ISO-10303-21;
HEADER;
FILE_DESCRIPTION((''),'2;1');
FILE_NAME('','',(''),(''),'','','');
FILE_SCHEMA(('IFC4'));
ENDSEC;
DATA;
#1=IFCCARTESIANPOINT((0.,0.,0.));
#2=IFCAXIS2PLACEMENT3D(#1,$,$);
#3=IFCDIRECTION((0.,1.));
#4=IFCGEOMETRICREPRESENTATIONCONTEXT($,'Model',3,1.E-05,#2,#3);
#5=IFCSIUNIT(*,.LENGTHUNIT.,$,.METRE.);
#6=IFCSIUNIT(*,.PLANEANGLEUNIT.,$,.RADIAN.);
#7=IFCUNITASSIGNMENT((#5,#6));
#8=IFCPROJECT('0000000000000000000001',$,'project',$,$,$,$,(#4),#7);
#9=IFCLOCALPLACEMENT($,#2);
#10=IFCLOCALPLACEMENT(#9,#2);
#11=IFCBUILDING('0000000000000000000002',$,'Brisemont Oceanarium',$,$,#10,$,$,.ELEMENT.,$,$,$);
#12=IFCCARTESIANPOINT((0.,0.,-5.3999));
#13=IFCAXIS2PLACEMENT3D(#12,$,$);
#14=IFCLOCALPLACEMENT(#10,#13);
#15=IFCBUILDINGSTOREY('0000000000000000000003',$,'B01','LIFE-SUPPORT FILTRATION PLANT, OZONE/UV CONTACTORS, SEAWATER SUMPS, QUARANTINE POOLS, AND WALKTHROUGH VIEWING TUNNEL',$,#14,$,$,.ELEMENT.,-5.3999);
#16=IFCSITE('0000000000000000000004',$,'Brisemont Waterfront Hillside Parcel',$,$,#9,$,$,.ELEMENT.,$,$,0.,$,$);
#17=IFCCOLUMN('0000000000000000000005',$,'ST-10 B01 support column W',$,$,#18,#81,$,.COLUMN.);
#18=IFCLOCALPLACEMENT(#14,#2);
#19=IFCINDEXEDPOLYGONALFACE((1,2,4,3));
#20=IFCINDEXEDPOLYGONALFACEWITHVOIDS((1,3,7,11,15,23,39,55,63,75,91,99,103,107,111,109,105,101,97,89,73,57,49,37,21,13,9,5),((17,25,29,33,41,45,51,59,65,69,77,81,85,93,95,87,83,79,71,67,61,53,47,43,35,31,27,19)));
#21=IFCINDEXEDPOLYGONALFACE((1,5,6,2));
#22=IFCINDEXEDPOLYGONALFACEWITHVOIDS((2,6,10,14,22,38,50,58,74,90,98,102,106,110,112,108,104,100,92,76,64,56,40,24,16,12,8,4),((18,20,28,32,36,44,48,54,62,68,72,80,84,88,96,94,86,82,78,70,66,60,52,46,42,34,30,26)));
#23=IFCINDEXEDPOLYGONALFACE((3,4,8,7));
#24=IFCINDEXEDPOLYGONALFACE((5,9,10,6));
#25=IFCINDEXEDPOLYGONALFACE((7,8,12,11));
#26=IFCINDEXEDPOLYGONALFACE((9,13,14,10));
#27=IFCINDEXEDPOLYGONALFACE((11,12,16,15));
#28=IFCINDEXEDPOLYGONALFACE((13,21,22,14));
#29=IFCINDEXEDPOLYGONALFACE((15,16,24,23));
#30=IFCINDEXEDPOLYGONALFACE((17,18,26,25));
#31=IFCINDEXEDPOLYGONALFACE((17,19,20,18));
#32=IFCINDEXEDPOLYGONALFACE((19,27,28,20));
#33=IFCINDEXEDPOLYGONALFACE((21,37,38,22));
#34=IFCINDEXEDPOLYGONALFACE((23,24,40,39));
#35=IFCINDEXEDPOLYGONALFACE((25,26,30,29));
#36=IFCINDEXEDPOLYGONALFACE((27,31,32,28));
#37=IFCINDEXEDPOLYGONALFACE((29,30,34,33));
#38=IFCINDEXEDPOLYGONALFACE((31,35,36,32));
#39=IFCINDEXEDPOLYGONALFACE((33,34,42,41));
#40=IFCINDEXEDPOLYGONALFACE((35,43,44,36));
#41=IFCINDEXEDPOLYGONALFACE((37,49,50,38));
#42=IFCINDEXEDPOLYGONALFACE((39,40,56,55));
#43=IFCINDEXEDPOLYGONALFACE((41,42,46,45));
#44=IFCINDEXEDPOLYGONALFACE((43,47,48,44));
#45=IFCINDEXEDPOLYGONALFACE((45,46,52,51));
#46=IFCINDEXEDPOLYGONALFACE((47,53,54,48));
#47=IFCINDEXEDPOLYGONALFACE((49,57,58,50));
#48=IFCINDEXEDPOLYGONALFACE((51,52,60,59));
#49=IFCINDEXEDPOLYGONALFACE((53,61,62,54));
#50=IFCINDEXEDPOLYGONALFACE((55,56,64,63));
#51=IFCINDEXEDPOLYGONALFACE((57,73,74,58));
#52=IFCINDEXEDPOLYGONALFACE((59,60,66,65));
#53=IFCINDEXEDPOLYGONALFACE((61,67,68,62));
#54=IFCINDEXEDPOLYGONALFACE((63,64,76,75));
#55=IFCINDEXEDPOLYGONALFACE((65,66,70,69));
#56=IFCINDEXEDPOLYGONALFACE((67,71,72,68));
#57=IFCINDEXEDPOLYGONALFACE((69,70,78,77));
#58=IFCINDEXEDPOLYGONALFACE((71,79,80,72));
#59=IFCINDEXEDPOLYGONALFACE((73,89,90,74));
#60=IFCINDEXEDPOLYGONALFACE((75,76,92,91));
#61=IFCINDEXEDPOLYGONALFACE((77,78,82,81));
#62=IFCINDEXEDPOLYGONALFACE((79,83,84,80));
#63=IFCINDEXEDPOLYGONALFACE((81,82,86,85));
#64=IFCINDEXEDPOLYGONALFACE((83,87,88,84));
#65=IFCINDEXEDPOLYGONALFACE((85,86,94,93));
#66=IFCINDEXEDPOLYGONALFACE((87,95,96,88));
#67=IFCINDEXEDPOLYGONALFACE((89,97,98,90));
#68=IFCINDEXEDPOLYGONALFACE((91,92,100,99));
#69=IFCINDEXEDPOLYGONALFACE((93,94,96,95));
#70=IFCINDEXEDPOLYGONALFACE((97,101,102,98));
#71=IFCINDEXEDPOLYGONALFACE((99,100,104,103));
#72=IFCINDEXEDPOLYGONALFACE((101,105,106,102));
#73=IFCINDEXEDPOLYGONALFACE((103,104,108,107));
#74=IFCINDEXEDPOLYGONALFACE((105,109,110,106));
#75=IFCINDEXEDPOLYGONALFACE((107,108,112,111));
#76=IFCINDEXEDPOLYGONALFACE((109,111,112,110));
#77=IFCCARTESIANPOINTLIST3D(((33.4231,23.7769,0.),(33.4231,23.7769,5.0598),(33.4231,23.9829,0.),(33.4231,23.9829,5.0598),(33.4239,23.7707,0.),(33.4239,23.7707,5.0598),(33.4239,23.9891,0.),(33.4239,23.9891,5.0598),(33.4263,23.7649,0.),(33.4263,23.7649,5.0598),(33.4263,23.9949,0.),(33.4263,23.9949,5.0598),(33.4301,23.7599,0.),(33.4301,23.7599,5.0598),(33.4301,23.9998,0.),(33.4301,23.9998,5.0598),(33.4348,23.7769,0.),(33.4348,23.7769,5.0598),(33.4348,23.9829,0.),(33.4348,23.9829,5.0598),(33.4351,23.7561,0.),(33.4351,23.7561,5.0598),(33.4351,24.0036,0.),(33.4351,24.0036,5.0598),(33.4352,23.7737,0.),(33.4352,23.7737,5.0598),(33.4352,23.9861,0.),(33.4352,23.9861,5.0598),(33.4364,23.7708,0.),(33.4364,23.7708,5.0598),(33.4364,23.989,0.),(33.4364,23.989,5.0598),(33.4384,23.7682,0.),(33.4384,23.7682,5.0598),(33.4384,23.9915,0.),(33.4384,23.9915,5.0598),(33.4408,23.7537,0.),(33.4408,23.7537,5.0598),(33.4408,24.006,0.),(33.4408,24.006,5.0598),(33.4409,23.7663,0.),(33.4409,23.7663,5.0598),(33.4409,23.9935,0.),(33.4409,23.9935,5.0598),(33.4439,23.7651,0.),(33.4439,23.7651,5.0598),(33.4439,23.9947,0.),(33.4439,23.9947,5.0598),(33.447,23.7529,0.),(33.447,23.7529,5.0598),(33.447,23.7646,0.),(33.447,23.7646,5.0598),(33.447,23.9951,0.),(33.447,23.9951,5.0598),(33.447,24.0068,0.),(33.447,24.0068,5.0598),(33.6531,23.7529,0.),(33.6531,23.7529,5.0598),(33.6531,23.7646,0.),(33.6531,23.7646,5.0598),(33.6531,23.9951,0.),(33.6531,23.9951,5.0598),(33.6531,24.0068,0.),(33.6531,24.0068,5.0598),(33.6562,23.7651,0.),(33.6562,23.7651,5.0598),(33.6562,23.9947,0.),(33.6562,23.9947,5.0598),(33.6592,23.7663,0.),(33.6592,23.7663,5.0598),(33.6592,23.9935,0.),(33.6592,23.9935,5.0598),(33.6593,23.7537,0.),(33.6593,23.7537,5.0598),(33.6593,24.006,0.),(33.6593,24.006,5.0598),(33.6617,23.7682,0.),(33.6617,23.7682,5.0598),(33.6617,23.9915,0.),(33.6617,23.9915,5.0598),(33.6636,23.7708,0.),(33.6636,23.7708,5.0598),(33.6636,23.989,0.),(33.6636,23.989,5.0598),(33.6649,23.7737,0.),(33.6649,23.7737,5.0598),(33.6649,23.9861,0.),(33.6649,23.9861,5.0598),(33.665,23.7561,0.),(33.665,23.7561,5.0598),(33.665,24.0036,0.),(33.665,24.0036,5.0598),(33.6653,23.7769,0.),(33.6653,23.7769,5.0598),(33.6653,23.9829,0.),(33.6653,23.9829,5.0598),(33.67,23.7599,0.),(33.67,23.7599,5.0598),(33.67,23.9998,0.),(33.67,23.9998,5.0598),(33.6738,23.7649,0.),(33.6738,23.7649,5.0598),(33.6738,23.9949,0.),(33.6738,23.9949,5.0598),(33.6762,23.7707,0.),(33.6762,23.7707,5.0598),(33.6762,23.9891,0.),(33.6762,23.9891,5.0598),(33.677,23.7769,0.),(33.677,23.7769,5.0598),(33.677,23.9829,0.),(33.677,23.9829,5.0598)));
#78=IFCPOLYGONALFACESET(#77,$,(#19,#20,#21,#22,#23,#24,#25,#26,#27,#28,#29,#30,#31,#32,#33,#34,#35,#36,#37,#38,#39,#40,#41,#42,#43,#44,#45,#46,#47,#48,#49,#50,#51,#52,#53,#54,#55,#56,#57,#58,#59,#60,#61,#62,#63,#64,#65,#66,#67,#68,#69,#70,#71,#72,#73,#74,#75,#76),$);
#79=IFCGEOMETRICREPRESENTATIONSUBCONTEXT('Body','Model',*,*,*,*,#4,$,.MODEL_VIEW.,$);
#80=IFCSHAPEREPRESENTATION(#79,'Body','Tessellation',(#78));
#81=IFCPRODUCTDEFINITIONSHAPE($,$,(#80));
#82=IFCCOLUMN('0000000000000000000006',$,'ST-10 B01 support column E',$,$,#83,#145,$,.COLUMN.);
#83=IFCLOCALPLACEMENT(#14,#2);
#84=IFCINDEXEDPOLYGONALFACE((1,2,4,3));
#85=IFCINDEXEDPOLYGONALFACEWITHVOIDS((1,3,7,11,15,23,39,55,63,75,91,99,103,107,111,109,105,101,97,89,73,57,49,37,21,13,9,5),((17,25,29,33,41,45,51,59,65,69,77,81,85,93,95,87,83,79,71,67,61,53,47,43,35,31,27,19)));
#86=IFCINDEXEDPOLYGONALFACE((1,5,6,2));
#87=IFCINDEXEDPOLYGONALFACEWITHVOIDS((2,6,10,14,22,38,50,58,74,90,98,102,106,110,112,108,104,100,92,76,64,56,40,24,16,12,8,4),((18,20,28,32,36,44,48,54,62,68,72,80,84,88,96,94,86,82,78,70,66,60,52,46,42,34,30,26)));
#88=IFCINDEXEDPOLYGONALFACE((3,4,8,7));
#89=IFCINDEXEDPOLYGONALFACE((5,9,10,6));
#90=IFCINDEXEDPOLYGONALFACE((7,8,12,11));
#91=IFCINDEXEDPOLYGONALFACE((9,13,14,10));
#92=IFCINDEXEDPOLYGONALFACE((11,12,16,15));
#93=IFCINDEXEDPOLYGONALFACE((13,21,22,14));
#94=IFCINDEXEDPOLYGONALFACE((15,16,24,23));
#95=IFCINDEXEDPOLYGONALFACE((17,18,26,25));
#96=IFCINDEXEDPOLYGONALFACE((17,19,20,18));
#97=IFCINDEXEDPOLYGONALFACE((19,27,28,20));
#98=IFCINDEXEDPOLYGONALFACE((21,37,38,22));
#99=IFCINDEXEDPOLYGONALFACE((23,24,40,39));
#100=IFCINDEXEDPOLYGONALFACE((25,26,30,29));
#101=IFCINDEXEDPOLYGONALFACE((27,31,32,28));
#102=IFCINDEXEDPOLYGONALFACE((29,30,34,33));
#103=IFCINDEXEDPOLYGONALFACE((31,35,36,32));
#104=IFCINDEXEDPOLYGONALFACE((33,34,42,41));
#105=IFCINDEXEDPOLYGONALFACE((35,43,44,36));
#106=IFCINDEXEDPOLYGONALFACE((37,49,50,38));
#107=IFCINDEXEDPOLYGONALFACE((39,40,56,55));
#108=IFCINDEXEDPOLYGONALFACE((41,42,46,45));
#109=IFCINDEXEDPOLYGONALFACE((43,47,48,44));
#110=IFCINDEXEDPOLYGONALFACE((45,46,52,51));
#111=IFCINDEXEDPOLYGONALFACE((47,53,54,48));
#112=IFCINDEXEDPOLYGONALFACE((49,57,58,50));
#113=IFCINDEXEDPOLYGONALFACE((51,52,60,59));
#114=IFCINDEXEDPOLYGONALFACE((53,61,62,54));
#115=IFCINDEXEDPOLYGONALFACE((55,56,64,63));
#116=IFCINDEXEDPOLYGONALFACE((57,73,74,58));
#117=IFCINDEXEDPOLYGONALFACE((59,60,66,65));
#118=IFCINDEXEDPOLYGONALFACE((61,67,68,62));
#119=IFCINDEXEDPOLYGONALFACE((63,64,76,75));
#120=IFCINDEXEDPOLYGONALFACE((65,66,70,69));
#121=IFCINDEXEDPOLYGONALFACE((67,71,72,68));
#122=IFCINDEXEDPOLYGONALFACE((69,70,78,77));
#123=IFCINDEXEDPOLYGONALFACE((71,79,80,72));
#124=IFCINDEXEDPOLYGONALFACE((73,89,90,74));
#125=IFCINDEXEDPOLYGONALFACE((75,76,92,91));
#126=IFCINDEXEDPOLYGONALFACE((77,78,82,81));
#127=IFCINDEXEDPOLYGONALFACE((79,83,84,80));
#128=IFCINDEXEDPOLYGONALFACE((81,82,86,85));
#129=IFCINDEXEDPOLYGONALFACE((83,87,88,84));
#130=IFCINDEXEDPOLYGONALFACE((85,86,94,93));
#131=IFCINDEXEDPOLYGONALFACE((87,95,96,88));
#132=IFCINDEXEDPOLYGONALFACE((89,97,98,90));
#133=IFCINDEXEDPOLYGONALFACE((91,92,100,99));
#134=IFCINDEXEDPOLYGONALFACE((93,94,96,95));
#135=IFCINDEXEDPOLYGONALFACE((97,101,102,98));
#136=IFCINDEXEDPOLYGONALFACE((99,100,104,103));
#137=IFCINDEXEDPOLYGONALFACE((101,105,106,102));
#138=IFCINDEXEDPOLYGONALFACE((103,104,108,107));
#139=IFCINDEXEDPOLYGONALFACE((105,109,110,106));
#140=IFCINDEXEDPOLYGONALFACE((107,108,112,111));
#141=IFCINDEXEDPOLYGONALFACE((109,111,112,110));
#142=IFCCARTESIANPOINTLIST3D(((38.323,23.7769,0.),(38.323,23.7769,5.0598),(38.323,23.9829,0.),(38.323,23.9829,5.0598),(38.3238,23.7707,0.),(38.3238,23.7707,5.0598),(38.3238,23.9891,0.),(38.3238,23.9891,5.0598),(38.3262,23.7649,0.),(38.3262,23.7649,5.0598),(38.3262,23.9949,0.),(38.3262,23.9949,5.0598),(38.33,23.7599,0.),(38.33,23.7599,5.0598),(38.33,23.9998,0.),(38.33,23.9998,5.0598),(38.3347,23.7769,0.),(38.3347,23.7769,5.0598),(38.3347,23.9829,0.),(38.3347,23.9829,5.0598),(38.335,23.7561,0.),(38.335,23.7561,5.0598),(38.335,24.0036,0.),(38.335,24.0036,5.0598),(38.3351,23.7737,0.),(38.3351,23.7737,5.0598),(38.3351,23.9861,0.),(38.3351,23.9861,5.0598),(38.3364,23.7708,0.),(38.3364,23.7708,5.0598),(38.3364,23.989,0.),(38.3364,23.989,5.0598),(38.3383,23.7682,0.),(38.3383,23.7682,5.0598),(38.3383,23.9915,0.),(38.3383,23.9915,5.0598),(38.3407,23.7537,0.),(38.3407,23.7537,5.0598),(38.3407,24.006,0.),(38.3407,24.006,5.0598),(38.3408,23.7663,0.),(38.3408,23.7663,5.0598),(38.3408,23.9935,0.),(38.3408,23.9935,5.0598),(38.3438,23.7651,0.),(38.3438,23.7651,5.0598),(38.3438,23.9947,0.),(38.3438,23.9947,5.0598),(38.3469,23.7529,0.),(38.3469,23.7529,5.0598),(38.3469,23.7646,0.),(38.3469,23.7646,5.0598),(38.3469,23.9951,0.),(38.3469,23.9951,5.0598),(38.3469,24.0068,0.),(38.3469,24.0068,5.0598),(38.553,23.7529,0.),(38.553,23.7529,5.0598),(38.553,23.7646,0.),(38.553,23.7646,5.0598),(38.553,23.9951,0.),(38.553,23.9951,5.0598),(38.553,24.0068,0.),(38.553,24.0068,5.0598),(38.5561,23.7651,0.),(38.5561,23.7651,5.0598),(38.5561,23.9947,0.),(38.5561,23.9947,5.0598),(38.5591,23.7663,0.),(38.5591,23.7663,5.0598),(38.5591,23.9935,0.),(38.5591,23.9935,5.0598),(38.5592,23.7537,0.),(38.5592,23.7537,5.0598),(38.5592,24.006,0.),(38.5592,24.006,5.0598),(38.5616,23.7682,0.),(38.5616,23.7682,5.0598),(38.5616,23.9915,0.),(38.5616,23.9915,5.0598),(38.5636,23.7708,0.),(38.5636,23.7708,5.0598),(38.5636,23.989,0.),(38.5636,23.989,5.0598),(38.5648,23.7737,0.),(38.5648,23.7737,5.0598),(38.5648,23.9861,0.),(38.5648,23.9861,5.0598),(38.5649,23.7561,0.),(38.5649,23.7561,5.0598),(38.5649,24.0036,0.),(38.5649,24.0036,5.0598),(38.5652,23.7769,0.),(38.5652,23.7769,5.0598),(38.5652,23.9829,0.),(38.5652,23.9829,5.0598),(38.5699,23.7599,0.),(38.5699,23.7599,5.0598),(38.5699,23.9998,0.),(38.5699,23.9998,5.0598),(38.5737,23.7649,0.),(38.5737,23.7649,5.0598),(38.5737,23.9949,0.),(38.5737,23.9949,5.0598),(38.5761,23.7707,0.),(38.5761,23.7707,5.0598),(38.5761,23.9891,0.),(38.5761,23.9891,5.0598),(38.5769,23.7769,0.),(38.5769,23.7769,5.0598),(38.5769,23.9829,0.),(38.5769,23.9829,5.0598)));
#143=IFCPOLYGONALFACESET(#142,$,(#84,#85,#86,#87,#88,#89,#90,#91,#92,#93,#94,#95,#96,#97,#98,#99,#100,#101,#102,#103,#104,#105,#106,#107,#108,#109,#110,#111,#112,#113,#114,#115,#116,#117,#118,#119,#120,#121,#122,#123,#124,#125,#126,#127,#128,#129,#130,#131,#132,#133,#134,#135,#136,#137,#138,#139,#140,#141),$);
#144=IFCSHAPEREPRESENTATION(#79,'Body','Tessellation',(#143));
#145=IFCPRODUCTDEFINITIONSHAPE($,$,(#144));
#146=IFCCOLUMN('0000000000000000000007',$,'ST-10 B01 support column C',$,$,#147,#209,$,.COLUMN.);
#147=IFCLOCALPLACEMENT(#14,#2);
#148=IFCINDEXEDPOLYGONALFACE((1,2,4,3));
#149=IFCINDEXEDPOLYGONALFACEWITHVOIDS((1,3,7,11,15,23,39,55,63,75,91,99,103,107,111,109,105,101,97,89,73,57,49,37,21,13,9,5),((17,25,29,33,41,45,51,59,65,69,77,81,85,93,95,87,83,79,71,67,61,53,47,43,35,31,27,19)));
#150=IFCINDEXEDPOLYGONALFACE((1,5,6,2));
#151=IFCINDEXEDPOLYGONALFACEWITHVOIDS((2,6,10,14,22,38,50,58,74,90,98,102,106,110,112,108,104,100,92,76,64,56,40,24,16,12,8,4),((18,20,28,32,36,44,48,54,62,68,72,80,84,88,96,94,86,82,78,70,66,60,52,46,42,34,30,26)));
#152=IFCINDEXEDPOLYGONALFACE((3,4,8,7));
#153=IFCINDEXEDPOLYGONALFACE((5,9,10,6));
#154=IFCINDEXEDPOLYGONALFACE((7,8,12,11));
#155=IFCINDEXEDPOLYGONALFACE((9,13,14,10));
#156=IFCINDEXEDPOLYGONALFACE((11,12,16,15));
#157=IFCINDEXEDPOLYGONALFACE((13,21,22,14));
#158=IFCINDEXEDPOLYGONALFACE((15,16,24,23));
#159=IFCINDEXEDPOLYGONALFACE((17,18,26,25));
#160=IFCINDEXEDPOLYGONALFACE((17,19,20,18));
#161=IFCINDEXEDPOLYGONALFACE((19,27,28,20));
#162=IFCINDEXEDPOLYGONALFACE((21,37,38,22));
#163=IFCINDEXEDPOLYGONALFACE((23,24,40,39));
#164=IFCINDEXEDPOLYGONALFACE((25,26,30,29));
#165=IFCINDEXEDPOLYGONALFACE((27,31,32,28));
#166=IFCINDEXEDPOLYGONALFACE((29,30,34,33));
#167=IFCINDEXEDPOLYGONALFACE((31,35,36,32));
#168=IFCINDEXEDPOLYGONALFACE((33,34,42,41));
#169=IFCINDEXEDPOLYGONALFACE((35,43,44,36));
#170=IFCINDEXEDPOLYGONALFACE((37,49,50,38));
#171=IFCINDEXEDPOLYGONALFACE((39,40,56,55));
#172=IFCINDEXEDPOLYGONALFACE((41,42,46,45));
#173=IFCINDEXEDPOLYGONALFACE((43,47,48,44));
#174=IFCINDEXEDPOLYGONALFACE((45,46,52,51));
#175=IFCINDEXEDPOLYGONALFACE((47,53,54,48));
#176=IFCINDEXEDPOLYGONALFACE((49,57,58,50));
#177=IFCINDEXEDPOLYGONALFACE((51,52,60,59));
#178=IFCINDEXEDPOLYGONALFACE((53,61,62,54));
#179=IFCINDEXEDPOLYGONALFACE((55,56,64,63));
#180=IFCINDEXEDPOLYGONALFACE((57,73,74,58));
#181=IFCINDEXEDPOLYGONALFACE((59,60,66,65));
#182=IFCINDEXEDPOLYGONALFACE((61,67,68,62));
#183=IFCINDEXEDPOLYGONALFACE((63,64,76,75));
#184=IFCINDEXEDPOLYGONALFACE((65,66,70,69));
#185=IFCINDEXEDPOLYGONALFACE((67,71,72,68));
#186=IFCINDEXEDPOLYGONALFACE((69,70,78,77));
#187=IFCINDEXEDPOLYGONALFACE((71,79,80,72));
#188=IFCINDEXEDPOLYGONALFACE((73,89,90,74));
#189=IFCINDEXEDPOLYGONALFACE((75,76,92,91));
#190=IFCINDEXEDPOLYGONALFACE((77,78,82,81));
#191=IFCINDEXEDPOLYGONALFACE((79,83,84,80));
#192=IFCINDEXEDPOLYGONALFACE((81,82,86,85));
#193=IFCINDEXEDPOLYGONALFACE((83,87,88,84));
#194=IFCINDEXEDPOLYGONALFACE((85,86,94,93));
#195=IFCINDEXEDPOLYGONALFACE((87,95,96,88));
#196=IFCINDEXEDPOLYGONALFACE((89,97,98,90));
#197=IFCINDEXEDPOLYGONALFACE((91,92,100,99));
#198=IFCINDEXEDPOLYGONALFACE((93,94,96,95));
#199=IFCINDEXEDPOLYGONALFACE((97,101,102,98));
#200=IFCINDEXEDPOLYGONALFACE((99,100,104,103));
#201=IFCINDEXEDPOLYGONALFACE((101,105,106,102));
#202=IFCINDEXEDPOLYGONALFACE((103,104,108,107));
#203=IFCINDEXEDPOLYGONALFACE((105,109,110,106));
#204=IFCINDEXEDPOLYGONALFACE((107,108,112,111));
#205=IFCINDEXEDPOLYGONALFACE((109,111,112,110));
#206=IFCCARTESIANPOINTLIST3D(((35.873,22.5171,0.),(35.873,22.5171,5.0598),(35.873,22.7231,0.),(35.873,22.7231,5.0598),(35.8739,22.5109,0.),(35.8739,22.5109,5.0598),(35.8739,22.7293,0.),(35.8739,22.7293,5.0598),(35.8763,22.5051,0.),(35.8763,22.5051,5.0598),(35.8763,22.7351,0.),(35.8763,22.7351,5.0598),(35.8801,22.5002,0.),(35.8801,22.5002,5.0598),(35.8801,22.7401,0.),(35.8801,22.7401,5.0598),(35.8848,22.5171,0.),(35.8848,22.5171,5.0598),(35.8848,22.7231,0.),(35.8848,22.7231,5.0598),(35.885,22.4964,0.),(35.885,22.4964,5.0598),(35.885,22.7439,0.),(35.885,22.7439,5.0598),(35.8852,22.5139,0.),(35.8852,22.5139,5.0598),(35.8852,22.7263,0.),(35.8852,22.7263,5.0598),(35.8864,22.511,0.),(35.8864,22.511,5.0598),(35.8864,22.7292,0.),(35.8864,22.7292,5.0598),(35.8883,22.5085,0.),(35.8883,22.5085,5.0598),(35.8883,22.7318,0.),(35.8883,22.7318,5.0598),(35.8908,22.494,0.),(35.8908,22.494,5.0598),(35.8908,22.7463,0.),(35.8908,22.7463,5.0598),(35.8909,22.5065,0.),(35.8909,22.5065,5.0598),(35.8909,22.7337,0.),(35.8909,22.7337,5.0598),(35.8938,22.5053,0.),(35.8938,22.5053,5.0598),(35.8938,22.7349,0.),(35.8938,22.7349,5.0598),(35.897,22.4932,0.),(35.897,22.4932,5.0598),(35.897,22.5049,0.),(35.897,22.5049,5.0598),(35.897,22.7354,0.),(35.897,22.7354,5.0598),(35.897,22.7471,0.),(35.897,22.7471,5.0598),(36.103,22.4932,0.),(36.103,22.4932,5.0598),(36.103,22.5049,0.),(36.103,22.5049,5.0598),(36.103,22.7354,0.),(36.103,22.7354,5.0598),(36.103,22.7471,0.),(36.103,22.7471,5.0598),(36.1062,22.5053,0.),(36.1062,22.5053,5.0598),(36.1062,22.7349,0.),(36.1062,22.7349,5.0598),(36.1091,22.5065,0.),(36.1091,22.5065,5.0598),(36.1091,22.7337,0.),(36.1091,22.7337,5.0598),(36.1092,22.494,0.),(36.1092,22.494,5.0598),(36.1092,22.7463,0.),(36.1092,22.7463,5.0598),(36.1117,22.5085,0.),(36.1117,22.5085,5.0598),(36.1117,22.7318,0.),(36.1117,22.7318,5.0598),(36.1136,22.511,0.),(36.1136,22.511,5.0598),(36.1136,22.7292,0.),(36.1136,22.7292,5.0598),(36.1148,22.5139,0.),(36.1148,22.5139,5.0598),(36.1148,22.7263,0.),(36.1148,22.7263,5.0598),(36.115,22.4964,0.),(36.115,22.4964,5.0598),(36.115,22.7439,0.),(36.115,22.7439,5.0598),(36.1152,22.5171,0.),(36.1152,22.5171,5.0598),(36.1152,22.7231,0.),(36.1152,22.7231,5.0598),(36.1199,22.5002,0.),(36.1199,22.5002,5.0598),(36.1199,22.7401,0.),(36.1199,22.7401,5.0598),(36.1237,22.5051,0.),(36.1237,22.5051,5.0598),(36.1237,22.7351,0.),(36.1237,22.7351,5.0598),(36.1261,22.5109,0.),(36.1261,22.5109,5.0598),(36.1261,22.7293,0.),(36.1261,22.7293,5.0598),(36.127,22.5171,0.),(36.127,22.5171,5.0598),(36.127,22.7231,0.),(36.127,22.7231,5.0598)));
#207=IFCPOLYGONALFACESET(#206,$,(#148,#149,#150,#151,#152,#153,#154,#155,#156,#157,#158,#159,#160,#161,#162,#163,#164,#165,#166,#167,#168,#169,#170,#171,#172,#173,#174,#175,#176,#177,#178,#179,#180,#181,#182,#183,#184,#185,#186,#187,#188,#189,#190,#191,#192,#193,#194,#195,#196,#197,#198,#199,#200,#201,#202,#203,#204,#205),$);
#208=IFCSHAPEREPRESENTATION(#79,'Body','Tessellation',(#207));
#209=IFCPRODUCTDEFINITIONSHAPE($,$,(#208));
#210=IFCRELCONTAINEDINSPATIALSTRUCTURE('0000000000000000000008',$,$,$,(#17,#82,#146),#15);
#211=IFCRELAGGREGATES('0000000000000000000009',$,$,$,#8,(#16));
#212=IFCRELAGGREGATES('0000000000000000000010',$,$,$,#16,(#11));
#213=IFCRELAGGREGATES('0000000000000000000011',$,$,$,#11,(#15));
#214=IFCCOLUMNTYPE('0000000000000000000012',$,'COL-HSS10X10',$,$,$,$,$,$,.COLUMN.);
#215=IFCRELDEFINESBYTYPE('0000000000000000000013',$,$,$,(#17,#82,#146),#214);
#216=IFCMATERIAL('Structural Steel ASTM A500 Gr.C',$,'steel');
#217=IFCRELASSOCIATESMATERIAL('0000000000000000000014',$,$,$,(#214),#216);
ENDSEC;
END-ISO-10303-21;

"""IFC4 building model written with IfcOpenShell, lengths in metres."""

from ifc_helpers import new_model, si_unit, direction, frame, origin, origin_2d, place, context, subcontext, project, spatial, hollow_rectangle, extrude, material, material_profile, profile_set, type_object, element, save


model = new_model("IFC4")

# Units and contexts
model_context = context("Model", 3, precision=1e-05, world=origin(), true_north=direction((0.0, 1.0)))
body_context = subcontext(model_context, "Body", "Model", "MODEL_VIEW")
ifc_project = project(units=[si_unit("LENGTHUNIT", "METRE"), si_unit("PLANEANGLEUNIT", "RADIAN")], contexts=[model_context])

# Site, building, storey
site_placement = place(None, origin())
site = spatial("IfcSite", under=ifc_project, at=site_placement, Name="Brisemont Waterfront Hillside Parcel", CompositionType="ELEMENT", RefElevation=0.0)
building_placement = place(site_placement, origin())
building = spatial("IfcBuilding", under=site, at=building_placement, Name="Brisemont Oceanarium", CompositionType="ELEMENT")
storey_placement = place(building_placement, frame((0.0, 0.0, -5.3999)))
storey = spatial("IfcBuildingStorey", under=building, at=storey_placement, Name="B01", Description="LIFE-SUPPORT FILTRATION PLANT, OZONE/UV CONTACTORS, SEAWATER SUMPS, QUARANTINE POOLS, AND WALKTHROUGH VIEWING TUNNEL", CompositionType="ELEMENT", Elevation=-5.3999)

# Columns
ifc_material_1 = material(Name="Structural Steel ASTM A500 Gr.C", Category="steel")
ifc_material_profile_1 = material_profile(ifc_material_1, hollow_rectangle(XDim=0.2539, YDim=0.2539, WallThickness=0.0117, InnerFilletRadius=0.0122, OuterFilletRadius=0.0239, at=origin_2d()), Name="HSS10X10X1/2")
ifc_profile_set_1 = profile_set([ifc_material_profile_1], Name="Structural Steel ASTM A500 Gr.C")
column_type_1 = type_object("IfcColumnType", Name="COL-HSS10X10", PredefinedType="COLUMN", material=ifc_profile_set_1)
for number, where, z_axis, x_axis, name in (
    (1, (33.55, 23.8799, 0.0), (0.0, 0.0, 1.0), (1.0, 0.0, 0.0), "ST-10 B01 support column W"),
    (2, (38.45, 23.8799, 0.0), (0.0, 0.0, 1.0), (1.0, 0.0, 0.0), "ST-10 B01 support column E"),
    (3, (36.0, 22.6201, 0.0), (0.0, 0.0, 1.0), (1.0, 0.0, 0.0), "ST-10 B01 support column C"),
):
    element("IfcColumn", number, at=place(storey_placement, frame(where, z_axis=z_axis, x_axis=x_axis)), inside=storey, type_object=column_type_1, Name=name, PredefinedType="COLUMN", context=body_context, shape_type="SweptSolid", body=[
        extrude(hollow_rectangle(XDim=0.2539, YDim=0.2539, WallThickness=0.0117, InnerFilletRadius=0.0122, OuterFilletRadius=0.0239, at=origin_2d()), origin(), (0.0, 0.0, 1.0), 5.0598),
    ])

save(model, "model.ifc")
